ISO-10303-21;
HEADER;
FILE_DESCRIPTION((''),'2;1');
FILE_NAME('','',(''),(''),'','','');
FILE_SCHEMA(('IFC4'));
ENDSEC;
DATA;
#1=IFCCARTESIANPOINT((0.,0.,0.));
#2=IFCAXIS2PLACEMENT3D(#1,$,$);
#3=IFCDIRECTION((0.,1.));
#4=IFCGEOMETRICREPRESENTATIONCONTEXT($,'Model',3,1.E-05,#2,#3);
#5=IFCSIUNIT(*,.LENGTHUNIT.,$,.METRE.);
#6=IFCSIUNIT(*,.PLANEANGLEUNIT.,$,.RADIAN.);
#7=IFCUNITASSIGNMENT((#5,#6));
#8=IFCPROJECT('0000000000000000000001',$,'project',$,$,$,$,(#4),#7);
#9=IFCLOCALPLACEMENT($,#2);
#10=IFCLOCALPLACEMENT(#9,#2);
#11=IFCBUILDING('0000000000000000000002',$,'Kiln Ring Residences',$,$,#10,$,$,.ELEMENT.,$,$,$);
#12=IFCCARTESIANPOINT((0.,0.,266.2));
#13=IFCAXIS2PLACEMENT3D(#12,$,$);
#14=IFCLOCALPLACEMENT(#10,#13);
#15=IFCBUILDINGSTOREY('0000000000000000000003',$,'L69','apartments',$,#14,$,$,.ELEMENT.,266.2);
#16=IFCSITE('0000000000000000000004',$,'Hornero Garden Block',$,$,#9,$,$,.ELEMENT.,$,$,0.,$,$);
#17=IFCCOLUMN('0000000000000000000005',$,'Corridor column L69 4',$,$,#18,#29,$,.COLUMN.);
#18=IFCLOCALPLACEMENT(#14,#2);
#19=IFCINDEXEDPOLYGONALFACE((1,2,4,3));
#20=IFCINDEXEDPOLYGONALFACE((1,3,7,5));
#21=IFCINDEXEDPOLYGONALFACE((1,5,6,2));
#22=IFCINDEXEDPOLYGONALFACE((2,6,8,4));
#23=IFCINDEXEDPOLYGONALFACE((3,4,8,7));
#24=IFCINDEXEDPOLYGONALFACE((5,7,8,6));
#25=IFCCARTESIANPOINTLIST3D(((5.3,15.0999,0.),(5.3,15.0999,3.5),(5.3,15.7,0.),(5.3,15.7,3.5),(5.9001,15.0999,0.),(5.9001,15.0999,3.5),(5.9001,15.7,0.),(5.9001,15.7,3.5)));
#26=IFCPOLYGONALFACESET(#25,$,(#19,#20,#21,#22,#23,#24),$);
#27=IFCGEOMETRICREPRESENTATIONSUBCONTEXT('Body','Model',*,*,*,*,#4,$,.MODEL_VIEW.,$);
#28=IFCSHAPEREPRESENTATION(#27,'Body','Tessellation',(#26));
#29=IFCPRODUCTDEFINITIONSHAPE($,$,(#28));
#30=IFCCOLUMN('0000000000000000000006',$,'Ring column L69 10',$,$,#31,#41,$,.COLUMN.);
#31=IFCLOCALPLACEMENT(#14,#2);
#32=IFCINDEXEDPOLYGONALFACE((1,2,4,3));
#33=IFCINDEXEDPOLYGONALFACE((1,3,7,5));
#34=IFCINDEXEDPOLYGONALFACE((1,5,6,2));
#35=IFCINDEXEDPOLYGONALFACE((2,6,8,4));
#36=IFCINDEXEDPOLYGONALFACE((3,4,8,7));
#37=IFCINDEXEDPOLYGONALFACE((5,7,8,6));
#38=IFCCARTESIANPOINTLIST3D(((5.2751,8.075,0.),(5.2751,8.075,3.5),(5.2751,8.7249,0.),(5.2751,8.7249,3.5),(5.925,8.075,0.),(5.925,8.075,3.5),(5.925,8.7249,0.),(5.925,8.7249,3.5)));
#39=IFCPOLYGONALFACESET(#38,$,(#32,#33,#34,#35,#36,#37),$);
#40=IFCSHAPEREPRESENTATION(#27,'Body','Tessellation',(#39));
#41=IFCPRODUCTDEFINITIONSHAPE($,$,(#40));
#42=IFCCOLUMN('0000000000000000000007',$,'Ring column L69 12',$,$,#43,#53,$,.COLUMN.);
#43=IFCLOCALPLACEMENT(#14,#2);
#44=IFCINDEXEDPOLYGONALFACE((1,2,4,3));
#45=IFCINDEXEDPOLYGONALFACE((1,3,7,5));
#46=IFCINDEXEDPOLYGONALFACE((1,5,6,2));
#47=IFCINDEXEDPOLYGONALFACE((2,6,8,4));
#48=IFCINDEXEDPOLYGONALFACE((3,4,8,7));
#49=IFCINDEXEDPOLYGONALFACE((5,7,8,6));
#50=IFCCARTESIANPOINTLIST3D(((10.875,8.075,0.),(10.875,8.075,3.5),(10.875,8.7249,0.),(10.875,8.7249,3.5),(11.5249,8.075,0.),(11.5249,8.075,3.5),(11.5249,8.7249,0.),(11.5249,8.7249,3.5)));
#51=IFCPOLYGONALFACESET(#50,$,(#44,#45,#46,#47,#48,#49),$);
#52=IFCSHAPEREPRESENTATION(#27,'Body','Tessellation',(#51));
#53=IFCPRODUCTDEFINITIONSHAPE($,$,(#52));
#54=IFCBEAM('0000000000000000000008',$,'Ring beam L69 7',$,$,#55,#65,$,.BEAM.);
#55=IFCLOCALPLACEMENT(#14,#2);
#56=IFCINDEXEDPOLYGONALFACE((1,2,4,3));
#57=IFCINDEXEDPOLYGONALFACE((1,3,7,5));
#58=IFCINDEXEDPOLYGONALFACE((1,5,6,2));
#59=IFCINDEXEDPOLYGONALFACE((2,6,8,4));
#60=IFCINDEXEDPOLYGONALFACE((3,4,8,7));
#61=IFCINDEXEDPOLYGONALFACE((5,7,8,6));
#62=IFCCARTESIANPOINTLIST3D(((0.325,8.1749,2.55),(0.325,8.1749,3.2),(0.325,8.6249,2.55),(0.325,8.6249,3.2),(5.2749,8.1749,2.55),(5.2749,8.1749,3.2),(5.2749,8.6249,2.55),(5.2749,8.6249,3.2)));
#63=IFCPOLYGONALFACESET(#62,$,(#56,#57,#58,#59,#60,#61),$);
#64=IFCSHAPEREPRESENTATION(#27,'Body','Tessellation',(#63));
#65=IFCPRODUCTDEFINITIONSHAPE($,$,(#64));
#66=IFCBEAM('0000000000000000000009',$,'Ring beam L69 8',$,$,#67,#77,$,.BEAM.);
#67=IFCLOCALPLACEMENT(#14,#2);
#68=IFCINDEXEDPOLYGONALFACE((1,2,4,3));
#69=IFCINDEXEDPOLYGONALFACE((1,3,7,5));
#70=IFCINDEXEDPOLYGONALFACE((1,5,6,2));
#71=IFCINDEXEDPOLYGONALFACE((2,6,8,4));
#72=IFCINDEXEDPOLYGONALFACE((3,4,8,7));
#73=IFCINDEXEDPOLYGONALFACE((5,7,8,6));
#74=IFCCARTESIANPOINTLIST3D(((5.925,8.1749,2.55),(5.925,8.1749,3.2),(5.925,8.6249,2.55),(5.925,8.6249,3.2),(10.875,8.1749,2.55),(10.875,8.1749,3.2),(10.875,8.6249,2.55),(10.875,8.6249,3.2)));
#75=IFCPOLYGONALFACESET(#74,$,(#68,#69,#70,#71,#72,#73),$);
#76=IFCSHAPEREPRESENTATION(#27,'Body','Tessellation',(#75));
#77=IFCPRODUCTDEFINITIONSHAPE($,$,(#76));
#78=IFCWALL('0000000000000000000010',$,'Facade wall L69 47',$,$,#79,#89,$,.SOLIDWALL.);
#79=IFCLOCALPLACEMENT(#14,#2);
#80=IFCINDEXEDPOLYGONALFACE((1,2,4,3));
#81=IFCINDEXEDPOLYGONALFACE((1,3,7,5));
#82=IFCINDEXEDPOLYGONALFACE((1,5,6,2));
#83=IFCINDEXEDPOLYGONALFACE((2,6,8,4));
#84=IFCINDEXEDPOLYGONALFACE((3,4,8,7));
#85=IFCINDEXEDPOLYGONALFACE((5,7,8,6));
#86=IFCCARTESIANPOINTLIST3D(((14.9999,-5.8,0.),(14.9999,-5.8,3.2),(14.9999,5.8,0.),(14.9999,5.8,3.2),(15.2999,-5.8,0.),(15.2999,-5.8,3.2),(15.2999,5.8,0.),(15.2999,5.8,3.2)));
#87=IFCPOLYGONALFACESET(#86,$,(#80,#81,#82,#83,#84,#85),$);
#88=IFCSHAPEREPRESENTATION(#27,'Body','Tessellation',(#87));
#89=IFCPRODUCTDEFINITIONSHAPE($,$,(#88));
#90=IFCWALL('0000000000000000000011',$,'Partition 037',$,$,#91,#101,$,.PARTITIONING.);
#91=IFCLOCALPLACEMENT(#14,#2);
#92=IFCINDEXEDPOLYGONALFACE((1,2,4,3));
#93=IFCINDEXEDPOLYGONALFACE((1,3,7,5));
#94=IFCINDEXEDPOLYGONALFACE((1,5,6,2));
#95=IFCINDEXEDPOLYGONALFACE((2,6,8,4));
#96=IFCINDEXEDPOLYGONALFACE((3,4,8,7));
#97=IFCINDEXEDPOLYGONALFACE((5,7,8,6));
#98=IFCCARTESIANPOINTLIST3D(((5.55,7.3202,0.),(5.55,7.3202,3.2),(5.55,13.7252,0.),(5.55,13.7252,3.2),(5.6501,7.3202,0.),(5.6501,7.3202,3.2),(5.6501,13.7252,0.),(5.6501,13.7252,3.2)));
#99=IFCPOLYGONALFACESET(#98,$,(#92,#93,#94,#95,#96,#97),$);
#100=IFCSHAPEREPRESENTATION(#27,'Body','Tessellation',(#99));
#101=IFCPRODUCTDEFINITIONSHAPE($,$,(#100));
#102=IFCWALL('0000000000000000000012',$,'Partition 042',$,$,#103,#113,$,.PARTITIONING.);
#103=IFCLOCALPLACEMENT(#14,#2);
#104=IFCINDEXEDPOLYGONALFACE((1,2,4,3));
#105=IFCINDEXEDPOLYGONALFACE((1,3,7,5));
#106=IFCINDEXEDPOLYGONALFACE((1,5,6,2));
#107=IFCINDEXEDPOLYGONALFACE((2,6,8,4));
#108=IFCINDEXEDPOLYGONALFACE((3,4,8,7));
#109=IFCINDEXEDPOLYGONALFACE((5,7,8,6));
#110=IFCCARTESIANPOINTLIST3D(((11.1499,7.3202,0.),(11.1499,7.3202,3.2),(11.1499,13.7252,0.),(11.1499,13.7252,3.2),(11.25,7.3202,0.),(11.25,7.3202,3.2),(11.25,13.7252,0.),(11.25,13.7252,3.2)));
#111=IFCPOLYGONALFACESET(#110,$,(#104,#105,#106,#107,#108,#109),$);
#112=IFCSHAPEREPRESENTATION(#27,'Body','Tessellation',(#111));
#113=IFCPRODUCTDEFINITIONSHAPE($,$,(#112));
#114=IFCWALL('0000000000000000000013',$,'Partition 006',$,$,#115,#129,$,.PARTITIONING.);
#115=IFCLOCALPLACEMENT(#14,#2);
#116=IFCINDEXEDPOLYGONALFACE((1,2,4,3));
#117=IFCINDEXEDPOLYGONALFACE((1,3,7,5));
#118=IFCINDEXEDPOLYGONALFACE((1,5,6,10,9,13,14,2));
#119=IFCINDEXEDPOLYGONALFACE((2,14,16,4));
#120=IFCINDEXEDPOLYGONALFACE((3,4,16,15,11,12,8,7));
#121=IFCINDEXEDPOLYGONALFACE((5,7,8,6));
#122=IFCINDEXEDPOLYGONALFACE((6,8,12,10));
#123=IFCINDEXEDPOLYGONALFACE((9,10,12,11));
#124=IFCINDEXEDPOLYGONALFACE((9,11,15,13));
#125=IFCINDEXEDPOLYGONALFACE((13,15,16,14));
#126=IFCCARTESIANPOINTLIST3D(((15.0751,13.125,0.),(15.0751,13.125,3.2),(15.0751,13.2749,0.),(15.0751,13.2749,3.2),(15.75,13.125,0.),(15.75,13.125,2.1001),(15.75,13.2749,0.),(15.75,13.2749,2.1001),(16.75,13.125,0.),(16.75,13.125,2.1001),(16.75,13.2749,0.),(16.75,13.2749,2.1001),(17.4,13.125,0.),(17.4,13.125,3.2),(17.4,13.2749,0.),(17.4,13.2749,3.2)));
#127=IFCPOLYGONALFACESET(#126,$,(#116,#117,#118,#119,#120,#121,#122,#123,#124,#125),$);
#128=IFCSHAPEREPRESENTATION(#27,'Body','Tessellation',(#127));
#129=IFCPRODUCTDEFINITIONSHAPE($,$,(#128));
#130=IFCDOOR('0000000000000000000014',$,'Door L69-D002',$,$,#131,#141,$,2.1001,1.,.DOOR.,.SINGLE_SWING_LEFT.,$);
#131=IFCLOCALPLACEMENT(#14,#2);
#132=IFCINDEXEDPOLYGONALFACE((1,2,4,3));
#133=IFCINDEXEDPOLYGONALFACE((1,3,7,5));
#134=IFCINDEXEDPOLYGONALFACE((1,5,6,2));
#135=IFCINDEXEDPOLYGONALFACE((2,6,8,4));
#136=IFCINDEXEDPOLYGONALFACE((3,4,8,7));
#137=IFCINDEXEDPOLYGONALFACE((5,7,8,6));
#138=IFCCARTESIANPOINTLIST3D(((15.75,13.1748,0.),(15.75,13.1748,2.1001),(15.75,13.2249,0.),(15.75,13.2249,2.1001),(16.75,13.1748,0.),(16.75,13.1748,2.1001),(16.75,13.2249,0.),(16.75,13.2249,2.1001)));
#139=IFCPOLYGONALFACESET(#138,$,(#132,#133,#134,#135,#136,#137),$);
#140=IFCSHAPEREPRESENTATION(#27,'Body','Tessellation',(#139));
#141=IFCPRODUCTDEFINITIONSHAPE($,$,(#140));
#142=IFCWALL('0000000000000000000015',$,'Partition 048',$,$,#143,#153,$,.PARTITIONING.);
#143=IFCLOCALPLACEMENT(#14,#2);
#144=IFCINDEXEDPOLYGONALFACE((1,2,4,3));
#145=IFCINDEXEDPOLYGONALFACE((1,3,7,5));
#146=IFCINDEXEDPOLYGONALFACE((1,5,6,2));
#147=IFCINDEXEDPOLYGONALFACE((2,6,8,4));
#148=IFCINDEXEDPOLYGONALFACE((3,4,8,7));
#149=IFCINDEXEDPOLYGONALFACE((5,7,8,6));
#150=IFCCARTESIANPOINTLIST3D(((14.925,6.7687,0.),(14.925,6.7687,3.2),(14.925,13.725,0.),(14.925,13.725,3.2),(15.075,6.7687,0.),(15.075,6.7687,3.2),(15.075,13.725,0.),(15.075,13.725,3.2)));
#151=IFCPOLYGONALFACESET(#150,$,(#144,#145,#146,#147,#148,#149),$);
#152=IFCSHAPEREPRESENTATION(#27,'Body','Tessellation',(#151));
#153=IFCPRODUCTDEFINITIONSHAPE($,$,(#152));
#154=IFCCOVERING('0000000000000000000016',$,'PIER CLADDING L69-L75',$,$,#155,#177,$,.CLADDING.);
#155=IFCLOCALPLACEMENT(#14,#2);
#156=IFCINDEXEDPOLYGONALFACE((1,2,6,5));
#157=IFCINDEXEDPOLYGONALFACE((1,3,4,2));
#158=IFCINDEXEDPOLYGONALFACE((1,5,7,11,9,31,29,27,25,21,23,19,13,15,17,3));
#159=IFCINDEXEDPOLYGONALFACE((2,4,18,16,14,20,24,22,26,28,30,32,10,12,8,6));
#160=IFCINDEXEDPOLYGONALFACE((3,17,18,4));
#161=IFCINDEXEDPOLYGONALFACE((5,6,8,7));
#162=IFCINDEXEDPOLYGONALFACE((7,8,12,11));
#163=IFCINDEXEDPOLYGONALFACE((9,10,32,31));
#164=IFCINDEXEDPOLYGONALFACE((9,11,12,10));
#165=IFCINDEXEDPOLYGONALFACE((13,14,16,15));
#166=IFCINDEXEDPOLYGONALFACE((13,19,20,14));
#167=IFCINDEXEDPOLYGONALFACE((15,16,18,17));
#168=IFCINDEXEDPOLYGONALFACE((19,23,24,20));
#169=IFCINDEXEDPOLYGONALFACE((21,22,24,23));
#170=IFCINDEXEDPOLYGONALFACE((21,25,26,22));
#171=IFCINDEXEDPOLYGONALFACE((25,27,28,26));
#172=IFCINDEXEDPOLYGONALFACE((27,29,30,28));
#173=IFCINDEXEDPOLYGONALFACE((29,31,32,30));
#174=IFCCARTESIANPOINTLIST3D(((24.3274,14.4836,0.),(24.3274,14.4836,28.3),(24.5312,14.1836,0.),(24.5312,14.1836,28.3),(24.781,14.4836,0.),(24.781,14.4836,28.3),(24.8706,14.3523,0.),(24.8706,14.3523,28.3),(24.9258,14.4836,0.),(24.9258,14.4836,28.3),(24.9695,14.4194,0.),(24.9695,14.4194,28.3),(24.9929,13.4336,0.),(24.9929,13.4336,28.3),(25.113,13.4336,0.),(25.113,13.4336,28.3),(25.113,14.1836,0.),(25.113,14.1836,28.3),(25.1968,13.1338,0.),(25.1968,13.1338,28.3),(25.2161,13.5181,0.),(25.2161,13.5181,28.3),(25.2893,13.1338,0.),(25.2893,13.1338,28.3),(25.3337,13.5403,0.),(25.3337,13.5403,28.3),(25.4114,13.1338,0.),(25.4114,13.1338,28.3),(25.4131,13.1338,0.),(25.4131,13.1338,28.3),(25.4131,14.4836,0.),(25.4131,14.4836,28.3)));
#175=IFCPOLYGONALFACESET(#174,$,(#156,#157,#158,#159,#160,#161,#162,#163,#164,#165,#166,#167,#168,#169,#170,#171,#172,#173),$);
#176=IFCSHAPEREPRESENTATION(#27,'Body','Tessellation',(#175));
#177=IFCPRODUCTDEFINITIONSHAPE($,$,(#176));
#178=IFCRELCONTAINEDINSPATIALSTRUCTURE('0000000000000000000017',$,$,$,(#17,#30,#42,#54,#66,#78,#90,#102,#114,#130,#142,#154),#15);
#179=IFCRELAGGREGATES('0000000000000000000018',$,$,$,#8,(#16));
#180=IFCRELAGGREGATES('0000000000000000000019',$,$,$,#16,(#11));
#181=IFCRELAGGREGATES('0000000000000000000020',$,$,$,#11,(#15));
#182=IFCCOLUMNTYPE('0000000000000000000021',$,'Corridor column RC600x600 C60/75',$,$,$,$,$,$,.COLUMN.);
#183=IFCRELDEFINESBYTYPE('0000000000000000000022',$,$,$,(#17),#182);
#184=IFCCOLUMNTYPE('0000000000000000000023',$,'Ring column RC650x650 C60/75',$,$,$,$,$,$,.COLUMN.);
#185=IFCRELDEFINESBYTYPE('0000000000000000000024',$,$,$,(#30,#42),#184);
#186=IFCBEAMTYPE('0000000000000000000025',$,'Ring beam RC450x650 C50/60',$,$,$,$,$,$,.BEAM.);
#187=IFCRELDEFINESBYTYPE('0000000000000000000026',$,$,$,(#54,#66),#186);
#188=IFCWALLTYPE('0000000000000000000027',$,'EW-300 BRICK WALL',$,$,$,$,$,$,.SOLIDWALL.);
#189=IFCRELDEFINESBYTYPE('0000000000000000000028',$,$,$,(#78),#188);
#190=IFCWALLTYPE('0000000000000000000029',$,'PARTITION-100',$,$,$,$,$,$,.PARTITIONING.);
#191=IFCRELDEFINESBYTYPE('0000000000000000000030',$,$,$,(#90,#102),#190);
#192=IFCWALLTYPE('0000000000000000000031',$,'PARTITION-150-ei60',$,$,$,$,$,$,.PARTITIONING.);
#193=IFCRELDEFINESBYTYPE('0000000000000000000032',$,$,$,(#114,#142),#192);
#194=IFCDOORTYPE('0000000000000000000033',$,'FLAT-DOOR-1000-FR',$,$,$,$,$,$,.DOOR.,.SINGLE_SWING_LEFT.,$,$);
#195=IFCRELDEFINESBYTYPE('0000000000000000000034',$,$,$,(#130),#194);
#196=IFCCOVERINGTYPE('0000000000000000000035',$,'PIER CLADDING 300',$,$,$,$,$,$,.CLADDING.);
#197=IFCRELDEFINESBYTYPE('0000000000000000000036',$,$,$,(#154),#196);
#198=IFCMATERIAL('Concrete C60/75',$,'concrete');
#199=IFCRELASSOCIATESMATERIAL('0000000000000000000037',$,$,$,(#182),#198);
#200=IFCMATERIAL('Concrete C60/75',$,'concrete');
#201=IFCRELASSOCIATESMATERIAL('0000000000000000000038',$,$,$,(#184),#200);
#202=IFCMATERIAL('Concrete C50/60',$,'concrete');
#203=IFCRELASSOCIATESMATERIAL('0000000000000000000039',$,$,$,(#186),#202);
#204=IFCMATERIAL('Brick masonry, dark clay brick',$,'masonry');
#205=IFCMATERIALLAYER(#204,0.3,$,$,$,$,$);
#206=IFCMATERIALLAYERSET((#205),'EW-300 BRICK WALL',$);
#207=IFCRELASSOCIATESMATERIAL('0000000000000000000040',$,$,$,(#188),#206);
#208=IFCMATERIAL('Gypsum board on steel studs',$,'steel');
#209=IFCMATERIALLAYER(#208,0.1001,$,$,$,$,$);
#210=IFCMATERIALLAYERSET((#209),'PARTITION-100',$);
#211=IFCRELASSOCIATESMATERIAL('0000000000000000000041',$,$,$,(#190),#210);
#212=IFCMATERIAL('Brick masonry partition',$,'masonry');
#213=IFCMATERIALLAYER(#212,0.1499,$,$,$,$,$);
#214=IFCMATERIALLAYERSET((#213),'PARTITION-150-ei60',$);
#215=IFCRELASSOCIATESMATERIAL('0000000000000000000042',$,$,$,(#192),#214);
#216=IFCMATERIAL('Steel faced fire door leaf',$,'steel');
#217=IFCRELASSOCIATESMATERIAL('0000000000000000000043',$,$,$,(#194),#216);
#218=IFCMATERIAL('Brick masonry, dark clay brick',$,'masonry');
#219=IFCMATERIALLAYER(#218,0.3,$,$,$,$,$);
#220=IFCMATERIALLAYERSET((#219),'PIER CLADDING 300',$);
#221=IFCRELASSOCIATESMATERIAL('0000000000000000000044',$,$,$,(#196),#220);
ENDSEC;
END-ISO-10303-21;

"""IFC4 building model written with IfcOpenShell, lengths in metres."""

from ifc_helpers import new_model, si_unit, direction, frame, frame_2d, origin, origin_2d, place, context, subcontext, project, spatial, polyline, rectangle, outline, extrude, material, layer, layer_set, material_profile, profile_set, type_object, element, fill, save


model = new_model("IFC4")

# Units and contexts
model_context = context("Model", 3, precision=1e-05, world=origin(), true_north=direction((0.0, 1.0)))
body_context = subcontext(model_context, "Body", "Model", "MODEL_VIEW")
ifc_project = project(units=[si_unit("LENGTHUNIT", "METRE"), si_unit("PLANEANGLEUNIT", "RADIAN")], contexts=[model_context])

# Site, building, storey
site_placement = place(None, origin())
site = spatial("IfcSite", under=ifc_project, at=site_placement, Name="Hornero Garden Block", CompositionType="ELEMENT", RefElevation=0.0)
building_placement = place(site_placement, origin())
building = spatial("IfcBuilding", under=site, at=building_placement, Name="Kiln Ring Residences", CompositionType="ELEMENT")
storey_placement = place(building_placement, frame((0.0, 0.0, 266.2)))
storey = spatial("IfcBuildingStorey", under=building, at=storey_placement, Name="L69", Description="apartments", CompositionType="ELEMENT", Elevation=266.2)

# Columns
ifc_material_1 = material(Name="Concrete C60/75", Category="concrete")
ifc_material_profile_1 = material_profile(ifc_material_1, rectangle(XDim=0.6001, YDim=0.6001, at=origin_2d()), Name="RC600x600")
ifc_profile_set_1 = profile_set([ifc_material_profile_1], Name="Concrete C60/75")
column_type_1 = type_object("IfcColumnType", Name="Corridor column RC600x600 C60/75", PredefinedType="COLUMN", material=ifc_profile_set_1)
column_placement = place(storey_placement, frame((5.6001, 15.3999, 0.0), z_axis=(0.0, 0.0, 1.0), x_axis=(1.0, 0.0, 0.0)))
element("IfcColumn", 1, at=column_placement, inside=storey, type_object=column_type_1, Name="Corridor column L69 4", PredefinedType="COLUMN", context=body_context, shape_type="SweptSolid", body=[
    extrude(rectangle(XDim=0.6001, YDim=0.6001, at=origin_2d()), origin(), (0.0, 0.0, 1.0), 3.5),
])
ifc_material_2 = material(Name="Concrete C60/75", Category="concrete")
ifc_material_profile_2 = material_profile(ifc_material_2, rectangle(XDim=0.6499, YDim=0.6499, at=origin_2d()), Name="RC650x650")
ifc_profile_set_2 = profile_set([ifc_material_profile_2], Name="Concrete C60/75")
column_type_2 = type_object("IfcColumnType", Name="Ring column RC650x650 C60/75", PredefinedType="COLUMN", material=ifc_profile_set_2)
for number, where, z_axis, x_axis, name in (
    (2, (5.6001, 8.3999, 0.0), (0.0, 0.0, 1.0), (1.0, 0.0, 0.0), "Ring column L69 10"),
    (3, (11.2, 8.3999, 0.0), (0.0, 0.0, 1.0), (1.0, 0.0, 0.0), "Ring column L69 12"),
):
    element("IfcColumn", number, at=place(storey_placement, frame(where, z_axis=z_axis, x_axis=x_axis)), inside=storey, type_object=column_type_2, Name=name, PredefinedType="COLUMN", context=body_context, shape_type="SweptSolid", body=[
        extrude(rectangle(XDim=0.6499, YDim=0.6499, at=origin_2d()), origin(), (0.0, 0.0, 1.0), 3.5),
    ])

# Beams
ifc_material_3 = material(Name="Concrete C50/60", Category="concrete")
ifc_material_profile_3 = material_profile(ifc_material_3, rectangle(XDim=0.45, YDim=0.6499, at=origin_2d()), Name="RC450x650")
ifc_profile_set_3 = profile_set([ifc_material_profile_3], Name="Concrete C50/60")
beam_type = type_object("IfcBeamType", Name="Ring beam RC450x650 C50/60", PredefinedType="BEAM", material=ifc_profile_set_3)
for number, where, z_axis, x_axis, name in (
    (4, (0.325, 8.3999, 2.875), (1.0, 0.0, 0.0), (0.0, 1.0, 0.0), "Ring beam L69 7"),
    (5, (5.925, 8.3999, 2.875), (1.0, 0.0, 0.0), (0.0, 1.0, 0.0), "Ring beam L69 8"),
):
    element("IfcBeam", number, at=place(storey_placement, frame(where, z_axis=z_axis, x_axis=x_axis)), inside=storey, type_object=beam_type, Name=name, PredefinedType="BEAM", context=body_context, shape_type="SweptSolid", body=[
        extrude(rectangle(XDim=0.45, YDim=0.6499, at=origin_2d()), origin(), (0.0, 0.0, 1.0), 4.95),
    ])

# Walls
ifc_material_4 = material(Name="Brick masonry, dark clay brick", Category="masonry")
ifc_layer_1 = layer(ifc_material_4, 0.3)
ifc_layer_set_1 = layer_set([ifc_layer_1], Name="EW-300 BRICK WALL")
wall_type_1 = type_object("IfcWallType", Name="EW-300 BRICK WALL", PredefinedType="SOLIDWALL", material=ifc_layer_set_1)
wall_1_placement = place(storey_placement, frame((15.1499, 5.8, 0.0), z_axis=(0.0, 0.0, 1.0), x_axis=(0.0, -1.0, 0.0)))
element("IfcWall", 6, at=wall_1_placement, inside=storey, type_object=wall_type_1, Name="Facade wall L69 47", PredefinedType="SOLIDWALL", context=body_context, shape_type="SweptSolid", body=[
    extrude(rectangle(XDim=11.6001, YDim=0.3, at=frame_2d((5.8, 0.0))), origin(), (0.0, 0.0, 1.0), 3.2),
])
ifc_material_5 = material(Name="Gypsum board on steel studs", Category="steel")
ifc_layer_2 = layer(ifc_material_5, 0.1001)
ifc_layer_set_2 = layer_set([ifc_layer_2], Name="PARTITION-100")
wall_type_2 = type_object("IfcWallType", Name="PARTITION-100", PredefinedType="PARTITIONING", material=ifc_layer_set_2)
for number, where, z_axis, x_axis, name in (
    (7, (5.6001, 7.3201, 0.0), (0.0, 0.0, 1.0), (0.0, 1.0, 0.0), "Partition 037"),
    (8, (11.2, 7.3201, 0.0), (0.0, 0.0, 1.0), (0.0, 1.0, 0.0), "Partition 042"),
):
    element("IfcWall", number, at=place(storey_placement, frame(where, z_axis=z_axis, x_axis=x_axis)), inside=storey, type_object=wall_type_2, Name=name, PredefinedType="PARTITIONING", context=body_context, shape_type="SweptSolid", body=[
        extrude(rectangle(XDim=6.405, YDim=0.1001, at=frame_2d((3.2026, 0.0))), origin(), (0.0, 0.0, 1.0), 3.2),
    ])

# Wall, opening, door
ifc_material_6 = material(Name="Brick masonry partition", Category="masonry")
ifc_layer_3 = layer(ifc_material_6, 0.1499)
ifc_layer_set_3 = layer_set([ifc_layer_3], Name="PARTITION-150-ei60")
wall_type_3 = type_object("IfcWallType", Name="PARTITION-150-ei60", PredefinedType="PARTITIONING", material=ifc_layer_set_3)
wall_2_placement = place(storey_placement, frame((15.075, 13.2, 0.0), z_axis=(0.0, 0.0, 1.0), x_axis=(1.0, 0.0, 0.0)))
wall_2 = element("IfcWall", 9, at=wall_2_placement, inside=storey, type_object=wall_type_3, Name="Partition 006", PredefinedType="PARTITIONING", context=body_context, shape_type="SweptSolid", body=[
    extrude(rectangle(XDim=2.325, YDim=0.1499, at=frame_2d((1.1626, 0.0))), origin(), (0.0, 0.0, 1.0), 3.2),
])
opening_placement = place(wall_2_placement, frame((0.675, 0.0, 0.0)))
opening = element("IfcOpeningElement", 10, at=opening_placement, cuts=wall_2, PredefinedType="OPENING", context=body_context, shape_type="SweptSolid", body=[
    extrude(rectangle(XDim=1.0, YDim=2.1001, at=frame_2d((0.5, 1.05))), frame((0.0, 0.085, 0.0), z_axis=(0.0, -1.0, 0.0), x_axis=(1.0, 0.0, 0.0)), (0.0, 0.0, 1.0), 0.1699),
])
ifc_material_7 = material(Name="Steel faced fire door leaf", Category="steel")
door_type = type_object("IfcDoorType", Name="FLAT-DOOR-1000-FR", OperationType="SINGLE_SWING_LEFT", PredefinedType="DOOR", material=ifc_material_7)
door_placement = place(opening_placement, origin())
door = element("IfcDoor", 11, at=door_placement, inside=storey, type_object=door_type, Name="Door L69-D002", OperationType="SINGLE_SWING_LEFT", OverallHeight=2.1001, OverallWidth=1.0, PredefinedType="DOOR", context=body_context, shape_type="SweptSolid", body=[
    extrude(rectangle(XDim=1.0, YDim=2.1001, at=frame_2d((0.5, 1.05))), frame((0.0, 0.0249, 0.0), z_axis=(0.0, -1.0, 0.0), x_axis=(1.0, 0.0, 0.0)), (0.0, 0.0, 1.0), 0.05),
])
fill(opening, door)

# Wall
wall_3_placement = place(storey_placement, frame((15.0, 6.7688, 0.0), z_axis=(0.0, 0.0, 1.0), x_axis=(0.0, 1.0, 0.0)))
element("IfcWall", 12, at=wall_3_placement, inside=storey, type_object=wall_type_3, Name="Partition 048", PredefinedType="PARTITIONING", context=body_context, shape_type="SweptSolid", body=[
    extrude(rectangle(XDim=6.9563, YDim=0.1499, at=frame_2d((3.478, 0.0))), origin(), (0.0, 0.0, 1.0), 3.2),
])

# Covering
ifc_material_8 = material(Name="Brick masonry, dark clay brick", Category="masonry")
ifc_layer_4 = layer(ifc_material_8, 0.3)
ifc_layer_set_4 = layer_set([ifc_layer_4], Name="PIER CLADDING 300")
covering_type_1 = type_object("IfcCoveringType", Name="PIER CLADDING 300", PredefinedType="CLADDING", material=ifc_layer_set_4)
placement = place(storey_placement, origin())
element("IfcCovering", 13, at=placement, inside=storey, type_object=covering_type_1, Name="PIER CLADDING L69-L75", PredefinedType="CLADDING", context=body_context, shape_type="SweptSolid", body=[
    extrude(outline(polyline([(25.4131, 13.1338), (25.4131, 14.4836), (24.9258, 14.4836), (24.9695, 14.4194), (24.8706, 14.3523), (24.781, 14.4836), (24.3274, 14.4836), (24.5312, 14.1836), (25.113, 14.1836), (25.113, 13.4336), (24.9929, 13.4336), (25.1968, 13.1338), (25.2893, 13.1338), (25.2161, 13.5181), (25.3337, 13.5403), (25.4114, 13.1338), (25.4131, 13.1338)])), origin(), (0.0, 0.0, 1.0), 28.3),
])

save(model, "model.ifc")
